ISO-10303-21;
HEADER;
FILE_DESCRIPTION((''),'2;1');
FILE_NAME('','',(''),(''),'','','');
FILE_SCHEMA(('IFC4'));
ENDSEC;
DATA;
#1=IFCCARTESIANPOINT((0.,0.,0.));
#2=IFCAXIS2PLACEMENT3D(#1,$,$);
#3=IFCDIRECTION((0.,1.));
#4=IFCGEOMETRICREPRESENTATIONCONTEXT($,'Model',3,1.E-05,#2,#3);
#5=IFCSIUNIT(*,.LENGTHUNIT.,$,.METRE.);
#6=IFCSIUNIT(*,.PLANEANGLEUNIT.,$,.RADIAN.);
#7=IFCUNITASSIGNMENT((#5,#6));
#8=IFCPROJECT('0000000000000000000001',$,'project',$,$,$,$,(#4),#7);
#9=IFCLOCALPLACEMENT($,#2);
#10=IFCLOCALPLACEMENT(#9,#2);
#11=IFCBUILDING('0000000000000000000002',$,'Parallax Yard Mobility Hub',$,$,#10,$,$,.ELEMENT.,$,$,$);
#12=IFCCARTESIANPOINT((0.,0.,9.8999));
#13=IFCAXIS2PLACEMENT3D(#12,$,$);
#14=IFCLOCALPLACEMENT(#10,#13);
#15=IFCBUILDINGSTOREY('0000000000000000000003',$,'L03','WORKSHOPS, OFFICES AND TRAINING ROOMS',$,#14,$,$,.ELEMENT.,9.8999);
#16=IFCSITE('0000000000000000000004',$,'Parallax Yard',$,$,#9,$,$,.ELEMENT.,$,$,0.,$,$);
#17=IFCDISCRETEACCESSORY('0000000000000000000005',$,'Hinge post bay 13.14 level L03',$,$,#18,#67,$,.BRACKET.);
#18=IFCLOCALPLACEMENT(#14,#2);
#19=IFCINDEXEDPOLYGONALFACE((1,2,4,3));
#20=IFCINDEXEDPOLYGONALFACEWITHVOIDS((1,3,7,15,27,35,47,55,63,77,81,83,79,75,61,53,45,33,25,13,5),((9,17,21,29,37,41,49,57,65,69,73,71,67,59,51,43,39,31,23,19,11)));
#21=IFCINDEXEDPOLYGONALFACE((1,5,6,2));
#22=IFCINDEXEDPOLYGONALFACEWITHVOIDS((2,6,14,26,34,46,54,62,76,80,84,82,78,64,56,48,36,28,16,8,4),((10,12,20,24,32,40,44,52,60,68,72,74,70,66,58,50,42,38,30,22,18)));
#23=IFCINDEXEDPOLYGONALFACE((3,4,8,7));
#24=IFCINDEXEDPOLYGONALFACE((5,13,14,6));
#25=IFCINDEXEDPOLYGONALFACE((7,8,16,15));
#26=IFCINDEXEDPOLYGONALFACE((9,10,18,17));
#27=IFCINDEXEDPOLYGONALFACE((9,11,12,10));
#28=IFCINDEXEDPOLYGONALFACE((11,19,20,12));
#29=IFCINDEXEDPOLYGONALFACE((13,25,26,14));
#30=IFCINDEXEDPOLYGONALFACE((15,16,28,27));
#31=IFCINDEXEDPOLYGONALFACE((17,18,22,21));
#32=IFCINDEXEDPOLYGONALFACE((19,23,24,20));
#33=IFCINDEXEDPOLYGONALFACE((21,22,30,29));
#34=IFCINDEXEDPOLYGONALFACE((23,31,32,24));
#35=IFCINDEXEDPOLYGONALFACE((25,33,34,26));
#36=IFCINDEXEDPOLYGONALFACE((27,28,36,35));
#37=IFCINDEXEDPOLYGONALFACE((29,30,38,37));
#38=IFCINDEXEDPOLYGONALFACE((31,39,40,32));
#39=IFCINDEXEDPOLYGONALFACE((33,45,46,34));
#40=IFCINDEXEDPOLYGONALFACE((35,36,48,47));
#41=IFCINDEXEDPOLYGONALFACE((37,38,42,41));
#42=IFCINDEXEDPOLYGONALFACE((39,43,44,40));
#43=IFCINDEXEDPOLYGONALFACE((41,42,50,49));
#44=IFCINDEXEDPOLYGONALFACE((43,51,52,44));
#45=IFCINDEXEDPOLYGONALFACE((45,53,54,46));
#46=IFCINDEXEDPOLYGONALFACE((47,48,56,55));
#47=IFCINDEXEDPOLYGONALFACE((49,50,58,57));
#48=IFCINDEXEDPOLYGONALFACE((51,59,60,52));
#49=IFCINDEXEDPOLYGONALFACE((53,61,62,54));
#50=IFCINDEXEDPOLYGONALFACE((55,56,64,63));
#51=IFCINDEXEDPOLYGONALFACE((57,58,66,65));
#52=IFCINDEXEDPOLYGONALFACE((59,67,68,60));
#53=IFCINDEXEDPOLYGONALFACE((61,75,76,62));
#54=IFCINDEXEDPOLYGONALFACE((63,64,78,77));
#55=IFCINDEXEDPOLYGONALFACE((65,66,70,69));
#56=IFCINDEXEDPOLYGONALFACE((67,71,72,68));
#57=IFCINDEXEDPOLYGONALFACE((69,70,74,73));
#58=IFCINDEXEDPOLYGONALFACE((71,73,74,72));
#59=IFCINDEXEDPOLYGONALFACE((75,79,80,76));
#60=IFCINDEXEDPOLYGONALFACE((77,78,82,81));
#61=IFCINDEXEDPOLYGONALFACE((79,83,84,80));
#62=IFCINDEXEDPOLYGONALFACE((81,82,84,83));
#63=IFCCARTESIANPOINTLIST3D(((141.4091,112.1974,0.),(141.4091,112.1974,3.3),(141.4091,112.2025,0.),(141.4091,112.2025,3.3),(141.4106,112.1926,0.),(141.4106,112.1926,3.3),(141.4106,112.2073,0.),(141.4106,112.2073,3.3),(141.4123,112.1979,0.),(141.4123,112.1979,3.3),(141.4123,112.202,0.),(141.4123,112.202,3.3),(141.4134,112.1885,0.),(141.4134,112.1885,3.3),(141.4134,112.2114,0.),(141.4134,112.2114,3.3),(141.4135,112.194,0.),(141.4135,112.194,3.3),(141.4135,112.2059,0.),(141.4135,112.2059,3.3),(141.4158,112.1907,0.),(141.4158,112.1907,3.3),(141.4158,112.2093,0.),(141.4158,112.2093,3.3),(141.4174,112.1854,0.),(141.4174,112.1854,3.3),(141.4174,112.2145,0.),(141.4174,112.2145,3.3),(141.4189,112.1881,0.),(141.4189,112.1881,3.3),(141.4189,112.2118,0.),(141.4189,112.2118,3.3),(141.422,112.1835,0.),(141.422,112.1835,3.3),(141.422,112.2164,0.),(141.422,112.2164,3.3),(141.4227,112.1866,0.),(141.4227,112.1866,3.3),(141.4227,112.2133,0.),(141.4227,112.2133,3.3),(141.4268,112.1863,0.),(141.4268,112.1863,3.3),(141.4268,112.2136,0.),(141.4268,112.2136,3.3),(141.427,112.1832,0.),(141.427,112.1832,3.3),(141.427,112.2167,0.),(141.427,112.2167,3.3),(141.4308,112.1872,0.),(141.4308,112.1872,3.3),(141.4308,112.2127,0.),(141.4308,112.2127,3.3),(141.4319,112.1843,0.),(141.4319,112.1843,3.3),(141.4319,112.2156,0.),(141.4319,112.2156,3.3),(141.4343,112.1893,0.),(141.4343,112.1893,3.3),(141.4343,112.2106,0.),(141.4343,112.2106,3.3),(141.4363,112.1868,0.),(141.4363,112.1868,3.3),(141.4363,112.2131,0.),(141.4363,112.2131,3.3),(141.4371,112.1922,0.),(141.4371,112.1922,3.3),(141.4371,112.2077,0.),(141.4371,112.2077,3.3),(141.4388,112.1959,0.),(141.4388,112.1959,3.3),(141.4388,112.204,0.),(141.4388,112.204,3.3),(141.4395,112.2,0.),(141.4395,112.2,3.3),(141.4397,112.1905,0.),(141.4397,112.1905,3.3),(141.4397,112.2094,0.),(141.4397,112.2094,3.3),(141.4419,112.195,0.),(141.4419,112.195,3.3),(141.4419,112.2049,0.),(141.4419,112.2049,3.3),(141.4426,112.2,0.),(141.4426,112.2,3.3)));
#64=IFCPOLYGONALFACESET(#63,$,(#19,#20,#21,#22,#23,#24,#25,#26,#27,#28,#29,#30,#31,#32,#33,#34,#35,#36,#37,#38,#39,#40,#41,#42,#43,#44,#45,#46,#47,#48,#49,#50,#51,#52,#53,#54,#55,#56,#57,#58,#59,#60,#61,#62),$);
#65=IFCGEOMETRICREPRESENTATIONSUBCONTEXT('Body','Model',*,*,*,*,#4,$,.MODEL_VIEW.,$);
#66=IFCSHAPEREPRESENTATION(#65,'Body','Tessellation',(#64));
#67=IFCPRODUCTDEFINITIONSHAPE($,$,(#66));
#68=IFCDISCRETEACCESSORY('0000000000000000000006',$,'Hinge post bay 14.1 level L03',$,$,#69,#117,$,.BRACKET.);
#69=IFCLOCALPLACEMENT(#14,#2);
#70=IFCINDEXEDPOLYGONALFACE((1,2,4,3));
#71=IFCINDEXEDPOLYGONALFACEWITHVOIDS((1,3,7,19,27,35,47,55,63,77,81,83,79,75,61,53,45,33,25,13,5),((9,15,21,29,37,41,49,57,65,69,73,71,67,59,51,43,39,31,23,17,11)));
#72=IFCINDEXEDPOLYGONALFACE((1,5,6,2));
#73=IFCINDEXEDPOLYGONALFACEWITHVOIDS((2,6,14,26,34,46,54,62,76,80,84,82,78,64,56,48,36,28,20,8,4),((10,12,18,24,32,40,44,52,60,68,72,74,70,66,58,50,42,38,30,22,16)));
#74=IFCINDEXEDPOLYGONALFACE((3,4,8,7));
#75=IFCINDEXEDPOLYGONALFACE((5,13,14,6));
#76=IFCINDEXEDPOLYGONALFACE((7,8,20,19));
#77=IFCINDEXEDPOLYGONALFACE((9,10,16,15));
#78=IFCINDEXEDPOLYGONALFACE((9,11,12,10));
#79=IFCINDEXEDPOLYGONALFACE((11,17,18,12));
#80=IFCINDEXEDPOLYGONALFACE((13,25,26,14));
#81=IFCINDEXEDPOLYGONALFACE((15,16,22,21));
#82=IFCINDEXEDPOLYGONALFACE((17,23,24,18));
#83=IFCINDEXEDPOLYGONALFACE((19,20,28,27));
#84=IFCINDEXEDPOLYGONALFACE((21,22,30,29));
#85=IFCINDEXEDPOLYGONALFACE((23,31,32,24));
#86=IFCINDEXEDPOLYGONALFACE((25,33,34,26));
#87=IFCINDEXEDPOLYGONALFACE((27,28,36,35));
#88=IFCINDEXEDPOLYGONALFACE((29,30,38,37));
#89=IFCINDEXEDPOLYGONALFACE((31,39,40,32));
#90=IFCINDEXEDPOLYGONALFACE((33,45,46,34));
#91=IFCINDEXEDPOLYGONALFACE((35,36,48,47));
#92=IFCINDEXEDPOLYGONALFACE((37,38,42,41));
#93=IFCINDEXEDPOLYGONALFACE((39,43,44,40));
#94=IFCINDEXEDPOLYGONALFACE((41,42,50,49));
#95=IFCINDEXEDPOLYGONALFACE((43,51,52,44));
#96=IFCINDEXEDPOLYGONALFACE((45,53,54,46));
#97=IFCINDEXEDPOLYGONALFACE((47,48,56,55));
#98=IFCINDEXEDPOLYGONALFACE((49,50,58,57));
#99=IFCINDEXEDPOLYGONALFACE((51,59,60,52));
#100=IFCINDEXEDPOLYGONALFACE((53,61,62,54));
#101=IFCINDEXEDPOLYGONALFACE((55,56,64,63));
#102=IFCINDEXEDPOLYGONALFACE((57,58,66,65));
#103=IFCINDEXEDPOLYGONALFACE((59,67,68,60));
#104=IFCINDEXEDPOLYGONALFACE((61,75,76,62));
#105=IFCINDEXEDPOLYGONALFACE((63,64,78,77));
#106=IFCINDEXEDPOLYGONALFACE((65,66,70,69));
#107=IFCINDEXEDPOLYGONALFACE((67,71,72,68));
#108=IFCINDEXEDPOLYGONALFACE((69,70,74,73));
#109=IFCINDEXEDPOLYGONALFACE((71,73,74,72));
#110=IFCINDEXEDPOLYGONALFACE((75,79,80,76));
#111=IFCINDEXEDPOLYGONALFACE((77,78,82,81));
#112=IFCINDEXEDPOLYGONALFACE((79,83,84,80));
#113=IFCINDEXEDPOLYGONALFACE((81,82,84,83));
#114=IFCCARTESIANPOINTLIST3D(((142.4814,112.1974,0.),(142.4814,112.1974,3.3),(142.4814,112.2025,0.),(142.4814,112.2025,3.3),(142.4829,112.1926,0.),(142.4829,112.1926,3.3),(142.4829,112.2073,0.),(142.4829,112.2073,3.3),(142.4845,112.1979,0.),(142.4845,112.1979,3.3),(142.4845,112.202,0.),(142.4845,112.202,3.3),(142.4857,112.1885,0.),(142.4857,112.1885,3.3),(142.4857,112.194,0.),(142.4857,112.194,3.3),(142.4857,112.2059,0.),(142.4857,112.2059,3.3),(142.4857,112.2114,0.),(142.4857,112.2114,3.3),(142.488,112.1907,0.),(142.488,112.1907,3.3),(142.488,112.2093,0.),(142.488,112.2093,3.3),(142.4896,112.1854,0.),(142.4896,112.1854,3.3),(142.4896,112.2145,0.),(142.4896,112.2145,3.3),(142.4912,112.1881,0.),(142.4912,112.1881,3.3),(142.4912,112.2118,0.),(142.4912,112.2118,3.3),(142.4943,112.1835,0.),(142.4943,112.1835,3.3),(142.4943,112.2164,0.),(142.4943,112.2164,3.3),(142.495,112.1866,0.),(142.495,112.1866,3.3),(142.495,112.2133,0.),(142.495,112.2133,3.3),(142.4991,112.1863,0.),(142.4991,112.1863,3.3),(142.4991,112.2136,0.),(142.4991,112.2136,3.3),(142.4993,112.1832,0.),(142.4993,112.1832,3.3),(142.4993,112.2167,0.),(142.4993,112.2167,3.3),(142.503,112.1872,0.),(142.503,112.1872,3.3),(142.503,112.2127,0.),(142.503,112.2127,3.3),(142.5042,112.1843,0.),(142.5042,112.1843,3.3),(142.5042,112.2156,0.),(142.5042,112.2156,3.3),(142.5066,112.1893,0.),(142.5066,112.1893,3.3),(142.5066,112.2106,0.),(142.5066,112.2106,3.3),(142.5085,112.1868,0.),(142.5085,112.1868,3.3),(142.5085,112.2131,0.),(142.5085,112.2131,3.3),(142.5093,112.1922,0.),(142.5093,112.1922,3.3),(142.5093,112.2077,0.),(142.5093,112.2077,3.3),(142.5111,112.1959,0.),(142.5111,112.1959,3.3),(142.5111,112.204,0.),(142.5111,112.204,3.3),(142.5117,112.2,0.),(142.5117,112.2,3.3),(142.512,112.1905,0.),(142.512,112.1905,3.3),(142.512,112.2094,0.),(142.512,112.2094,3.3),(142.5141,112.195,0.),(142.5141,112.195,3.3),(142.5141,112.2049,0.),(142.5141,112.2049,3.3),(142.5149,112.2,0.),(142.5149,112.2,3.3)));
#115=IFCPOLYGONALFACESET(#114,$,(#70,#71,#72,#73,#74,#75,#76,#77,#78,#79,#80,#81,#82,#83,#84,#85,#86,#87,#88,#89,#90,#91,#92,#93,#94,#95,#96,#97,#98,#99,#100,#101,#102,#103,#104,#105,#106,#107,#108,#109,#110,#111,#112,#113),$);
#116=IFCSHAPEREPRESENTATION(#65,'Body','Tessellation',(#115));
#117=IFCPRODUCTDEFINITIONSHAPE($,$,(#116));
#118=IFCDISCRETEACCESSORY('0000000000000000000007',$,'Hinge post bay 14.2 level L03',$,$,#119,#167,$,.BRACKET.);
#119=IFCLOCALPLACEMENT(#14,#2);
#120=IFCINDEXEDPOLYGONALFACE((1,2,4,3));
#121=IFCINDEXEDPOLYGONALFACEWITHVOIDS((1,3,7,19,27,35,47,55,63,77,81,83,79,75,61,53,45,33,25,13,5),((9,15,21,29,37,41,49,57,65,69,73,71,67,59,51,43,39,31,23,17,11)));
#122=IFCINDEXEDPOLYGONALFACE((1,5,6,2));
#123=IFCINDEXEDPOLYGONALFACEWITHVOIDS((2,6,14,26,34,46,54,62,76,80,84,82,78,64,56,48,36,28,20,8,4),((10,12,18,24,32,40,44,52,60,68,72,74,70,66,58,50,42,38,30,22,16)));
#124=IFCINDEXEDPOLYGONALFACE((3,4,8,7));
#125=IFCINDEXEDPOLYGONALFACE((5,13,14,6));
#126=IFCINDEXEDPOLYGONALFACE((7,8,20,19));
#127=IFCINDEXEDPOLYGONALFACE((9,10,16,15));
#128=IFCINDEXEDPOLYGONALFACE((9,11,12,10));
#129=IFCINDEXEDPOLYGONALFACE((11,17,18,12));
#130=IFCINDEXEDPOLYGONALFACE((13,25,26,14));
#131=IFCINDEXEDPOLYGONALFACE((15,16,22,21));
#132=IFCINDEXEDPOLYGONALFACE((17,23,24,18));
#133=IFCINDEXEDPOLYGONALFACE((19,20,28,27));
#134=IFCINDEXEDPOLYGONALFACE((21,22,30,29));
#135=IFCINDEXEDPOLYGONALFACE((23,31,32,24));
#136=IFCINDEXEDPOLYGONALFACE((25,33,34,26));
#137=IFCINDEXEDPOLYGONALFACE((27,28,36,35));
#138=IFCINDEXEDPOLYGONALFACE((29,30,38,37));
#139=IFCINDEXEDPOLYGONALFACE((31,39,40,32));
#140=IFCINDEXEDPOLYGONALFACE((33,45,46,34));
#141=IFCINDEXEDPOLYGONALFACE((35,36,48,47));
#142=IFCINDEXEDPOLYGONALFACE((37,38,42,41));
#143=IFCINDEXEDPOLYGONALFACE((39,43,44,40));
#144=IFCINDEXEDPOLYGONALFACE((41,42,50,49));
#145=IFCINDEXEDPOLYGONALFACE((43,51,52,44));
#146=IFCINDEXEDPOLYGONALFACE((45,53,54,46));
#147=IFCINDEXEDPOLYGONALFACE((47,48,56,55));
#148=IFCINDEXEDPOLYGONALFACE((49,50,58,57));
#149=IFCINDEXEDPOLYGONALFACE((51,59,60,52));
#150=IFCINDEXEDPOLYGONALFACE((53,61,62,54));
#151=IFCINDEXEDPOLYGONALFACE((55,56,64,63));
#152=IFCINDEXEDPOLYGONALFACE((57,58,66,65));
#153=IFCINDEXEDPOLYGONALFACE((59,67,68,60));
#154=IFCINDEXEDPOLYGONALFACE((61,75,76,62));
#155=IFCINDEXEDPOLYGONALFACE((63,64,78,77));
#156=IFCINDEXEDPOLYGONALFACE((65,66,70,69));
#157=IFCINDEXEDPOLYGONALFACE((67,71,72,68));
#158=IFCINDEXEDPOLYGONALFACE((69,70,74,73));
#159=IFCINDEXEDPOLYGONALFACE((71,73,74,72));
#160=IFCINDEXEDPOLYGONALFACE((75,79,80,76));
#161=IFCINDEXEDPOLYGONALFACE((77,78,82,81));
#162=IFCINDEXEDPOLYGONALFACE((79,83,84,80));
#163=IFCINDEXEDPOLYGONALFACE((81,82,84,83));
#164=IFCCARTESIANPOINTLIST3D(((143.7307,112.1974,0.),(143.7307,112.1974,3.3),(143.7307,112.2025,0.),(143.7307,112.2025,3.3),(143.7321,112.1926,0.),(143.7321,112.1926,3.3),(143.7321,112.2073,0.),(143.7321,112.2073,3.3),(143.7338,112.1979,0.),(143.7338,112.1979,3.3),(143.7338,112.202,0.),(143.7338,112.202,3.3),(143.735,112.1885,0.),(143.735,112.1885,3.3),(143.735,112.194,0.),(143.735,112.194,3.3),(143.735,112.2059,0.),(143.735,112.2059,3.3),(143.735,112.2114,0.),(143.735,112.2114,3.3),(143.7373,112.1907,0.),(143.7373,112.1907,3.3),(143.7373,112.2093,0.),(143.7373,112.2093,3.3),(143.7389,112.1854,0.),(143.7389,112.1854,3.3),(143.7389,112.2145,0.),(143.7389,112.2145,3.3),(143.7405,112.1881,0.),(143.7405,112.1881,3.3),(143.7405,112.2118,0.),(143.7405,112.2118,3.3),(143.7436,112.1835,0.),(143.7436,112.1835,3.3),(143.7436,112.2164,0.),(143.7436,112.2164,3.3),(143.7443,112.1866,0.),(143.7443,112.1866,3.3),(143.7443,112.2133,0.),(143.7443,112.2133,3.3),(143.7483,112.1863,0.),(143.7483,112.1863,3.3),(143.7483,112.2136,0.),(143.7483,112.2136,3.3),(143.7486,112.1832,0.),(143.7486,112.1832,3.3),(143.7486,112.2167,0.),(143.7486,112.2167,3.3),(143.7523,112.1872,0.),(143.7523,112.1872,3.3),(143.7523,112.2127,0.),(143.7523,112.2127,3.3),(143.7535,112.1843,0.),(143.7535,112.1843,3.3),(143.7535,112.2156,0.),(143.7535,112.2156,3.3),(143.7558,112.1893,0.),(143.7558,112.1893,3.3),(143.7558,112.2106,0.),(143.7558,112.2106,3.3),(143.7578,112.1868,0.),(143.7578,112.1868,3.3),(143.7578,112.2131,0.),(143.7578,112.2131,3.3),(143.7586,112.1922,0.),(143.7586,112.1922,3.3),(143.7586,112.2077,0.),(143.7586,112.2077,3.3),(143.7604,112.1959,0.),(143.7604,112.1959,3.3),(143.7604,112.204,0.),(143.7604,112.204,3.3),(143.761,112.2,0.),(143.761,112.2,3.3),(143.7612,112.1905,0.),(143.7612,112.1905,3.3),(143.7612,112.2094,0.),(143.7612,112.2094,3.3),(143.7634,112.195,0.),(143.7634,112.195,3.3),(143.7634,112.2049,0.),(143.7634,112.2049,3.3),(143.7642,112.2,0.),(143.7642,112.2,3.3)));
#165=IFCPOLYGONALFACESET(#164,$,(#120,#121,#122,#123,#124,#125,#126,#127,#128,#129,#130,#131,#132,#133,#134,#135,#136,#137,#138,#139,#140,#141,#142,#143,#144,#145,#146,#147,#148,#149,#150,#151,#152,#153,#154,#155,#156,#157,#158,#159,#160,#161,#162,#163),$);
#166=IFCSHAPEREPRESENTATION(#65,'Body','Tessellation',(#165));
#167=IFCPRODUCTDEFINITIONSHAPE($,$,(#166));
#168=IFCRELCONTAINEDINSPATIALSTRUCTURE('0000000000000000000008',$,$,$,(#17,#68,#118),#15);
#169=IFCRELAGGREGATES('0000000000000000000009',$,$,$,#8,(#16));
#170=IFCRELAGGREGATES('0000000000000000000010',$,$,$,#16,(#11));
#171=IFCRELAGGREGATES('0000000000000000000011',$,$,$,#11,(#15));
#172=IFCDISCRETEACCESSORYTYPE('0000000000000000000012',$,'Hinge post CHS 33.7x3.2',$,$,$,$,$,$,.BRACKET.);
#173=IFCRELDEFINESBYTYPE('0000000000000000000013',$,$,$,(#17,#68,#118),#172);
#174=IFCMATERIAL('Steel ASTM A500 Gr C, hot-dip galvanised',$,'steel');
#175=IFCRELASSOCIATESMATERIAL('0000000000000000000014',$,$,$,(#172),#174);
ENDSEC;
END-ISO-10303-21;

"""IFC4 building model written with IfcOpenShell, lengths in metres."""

from ifc_helpers import new_model, si_unit, direction, frame, origin, origin_2d, place, context, subcontext, project, spatial, hollow_circle, extrude, material, material_profile, profile_set, type_object, element, save


model = new_model("IFC4")

# Units and contexts
model_context = context("Model", 3, precision=1e-05, world=origin(), true_north=direction((0.0, 1.0)))
body_context = subcontext(model_context, "Body", "Model", "MODEL_VIEW")
ifc_project = project(units=[si_unit("LENGTHUNIT", "METRE"), si_unit("PLANEANGLEUNIT", "RADIAN")], contexts=[model_context])

# Site, building, storey
site_placement = place(None, origin())
site = spatial("IfcSite", under=ifc_project, at=site_placement, Name="Parallax Yard", CompositionType="ELEMENT", RefElevation=0.0)
building_placement = place(site_placement, origin())
building = spatial("IfcBuilding", under=site, at=building_placement, Name="Parallax Yard Mobility Hub", CompositionType="ELEMENT")
storey_placement = place(building_placement, frame((0.0, 0.0, 9.8999)))
storey = spatial("IfcBuildingStorey", under=building, at=storey_placement, Name="L03", Description="WORKSHOPS, OFFICES AND TRAINING ROOMS", CompositionType="ELEMENT", Elevation=9.8999)

# Discrete accessories
ifc_material_1 = material(Name="Steel ASTM A500 Gr C, hot-dip galvanised", Category="steel")
ifc_material_profile_1 = material_profile(ifc_material_1, hollow_circle(Radius=0.0168, WallThickness=0.0032, at=origin_2d()), Name="CHS 33.7x3.2")
ifc_profile_set_1 = profile_set([ifc_material_profile_1], Name="Steel ASTM A500 Gr C, hot-dip galvanised")
discrete_accessory_type_1 = type_object("IfcDiscreteAccessoryType", Name="Hinge post CHS 33.7x3.2", PredefinedType="BRACKET", material=ifc_profile_set_1)
for number, where, z_axis, x_axis, name in (
    (1, (141.4258, 112.2, 0.0), (0.0, 0.0, 1.0), (1.0, 0.0, 0.0), "Hinge post bay 13.14 level L03"),
    (2, (142.498, 112.2, 0.0), (0.0, 0.0, 1.0), (1.0, 0.0, 0.0), "Hinge post bay 14.1 level L03"),
    (3, (143.7473, 112.2, 0.0), (0.0, 0.0, 1.0), (1.0, 0.0, 0.0), "Hinge post bay 14.2 level L03"),
):
    element("IfcDiscreteAccessory", number, at=place(storey_placement, frame(where, z_axis=z_axis, x_axis=x_axis)), inside=storey, type_object=discrete_accessory_type_1, Name=name, PredefinedType="BRACKET", context=body_context, shape_type="SweptSolid", body=[
        extrude(hollow_circle(Radius=0.0168, WallThickness=0.0032, at=origin_2d()), origin(), (0.0, 0.0, 1.0), 3.3),
    ])

save(model, "model.ifc")
